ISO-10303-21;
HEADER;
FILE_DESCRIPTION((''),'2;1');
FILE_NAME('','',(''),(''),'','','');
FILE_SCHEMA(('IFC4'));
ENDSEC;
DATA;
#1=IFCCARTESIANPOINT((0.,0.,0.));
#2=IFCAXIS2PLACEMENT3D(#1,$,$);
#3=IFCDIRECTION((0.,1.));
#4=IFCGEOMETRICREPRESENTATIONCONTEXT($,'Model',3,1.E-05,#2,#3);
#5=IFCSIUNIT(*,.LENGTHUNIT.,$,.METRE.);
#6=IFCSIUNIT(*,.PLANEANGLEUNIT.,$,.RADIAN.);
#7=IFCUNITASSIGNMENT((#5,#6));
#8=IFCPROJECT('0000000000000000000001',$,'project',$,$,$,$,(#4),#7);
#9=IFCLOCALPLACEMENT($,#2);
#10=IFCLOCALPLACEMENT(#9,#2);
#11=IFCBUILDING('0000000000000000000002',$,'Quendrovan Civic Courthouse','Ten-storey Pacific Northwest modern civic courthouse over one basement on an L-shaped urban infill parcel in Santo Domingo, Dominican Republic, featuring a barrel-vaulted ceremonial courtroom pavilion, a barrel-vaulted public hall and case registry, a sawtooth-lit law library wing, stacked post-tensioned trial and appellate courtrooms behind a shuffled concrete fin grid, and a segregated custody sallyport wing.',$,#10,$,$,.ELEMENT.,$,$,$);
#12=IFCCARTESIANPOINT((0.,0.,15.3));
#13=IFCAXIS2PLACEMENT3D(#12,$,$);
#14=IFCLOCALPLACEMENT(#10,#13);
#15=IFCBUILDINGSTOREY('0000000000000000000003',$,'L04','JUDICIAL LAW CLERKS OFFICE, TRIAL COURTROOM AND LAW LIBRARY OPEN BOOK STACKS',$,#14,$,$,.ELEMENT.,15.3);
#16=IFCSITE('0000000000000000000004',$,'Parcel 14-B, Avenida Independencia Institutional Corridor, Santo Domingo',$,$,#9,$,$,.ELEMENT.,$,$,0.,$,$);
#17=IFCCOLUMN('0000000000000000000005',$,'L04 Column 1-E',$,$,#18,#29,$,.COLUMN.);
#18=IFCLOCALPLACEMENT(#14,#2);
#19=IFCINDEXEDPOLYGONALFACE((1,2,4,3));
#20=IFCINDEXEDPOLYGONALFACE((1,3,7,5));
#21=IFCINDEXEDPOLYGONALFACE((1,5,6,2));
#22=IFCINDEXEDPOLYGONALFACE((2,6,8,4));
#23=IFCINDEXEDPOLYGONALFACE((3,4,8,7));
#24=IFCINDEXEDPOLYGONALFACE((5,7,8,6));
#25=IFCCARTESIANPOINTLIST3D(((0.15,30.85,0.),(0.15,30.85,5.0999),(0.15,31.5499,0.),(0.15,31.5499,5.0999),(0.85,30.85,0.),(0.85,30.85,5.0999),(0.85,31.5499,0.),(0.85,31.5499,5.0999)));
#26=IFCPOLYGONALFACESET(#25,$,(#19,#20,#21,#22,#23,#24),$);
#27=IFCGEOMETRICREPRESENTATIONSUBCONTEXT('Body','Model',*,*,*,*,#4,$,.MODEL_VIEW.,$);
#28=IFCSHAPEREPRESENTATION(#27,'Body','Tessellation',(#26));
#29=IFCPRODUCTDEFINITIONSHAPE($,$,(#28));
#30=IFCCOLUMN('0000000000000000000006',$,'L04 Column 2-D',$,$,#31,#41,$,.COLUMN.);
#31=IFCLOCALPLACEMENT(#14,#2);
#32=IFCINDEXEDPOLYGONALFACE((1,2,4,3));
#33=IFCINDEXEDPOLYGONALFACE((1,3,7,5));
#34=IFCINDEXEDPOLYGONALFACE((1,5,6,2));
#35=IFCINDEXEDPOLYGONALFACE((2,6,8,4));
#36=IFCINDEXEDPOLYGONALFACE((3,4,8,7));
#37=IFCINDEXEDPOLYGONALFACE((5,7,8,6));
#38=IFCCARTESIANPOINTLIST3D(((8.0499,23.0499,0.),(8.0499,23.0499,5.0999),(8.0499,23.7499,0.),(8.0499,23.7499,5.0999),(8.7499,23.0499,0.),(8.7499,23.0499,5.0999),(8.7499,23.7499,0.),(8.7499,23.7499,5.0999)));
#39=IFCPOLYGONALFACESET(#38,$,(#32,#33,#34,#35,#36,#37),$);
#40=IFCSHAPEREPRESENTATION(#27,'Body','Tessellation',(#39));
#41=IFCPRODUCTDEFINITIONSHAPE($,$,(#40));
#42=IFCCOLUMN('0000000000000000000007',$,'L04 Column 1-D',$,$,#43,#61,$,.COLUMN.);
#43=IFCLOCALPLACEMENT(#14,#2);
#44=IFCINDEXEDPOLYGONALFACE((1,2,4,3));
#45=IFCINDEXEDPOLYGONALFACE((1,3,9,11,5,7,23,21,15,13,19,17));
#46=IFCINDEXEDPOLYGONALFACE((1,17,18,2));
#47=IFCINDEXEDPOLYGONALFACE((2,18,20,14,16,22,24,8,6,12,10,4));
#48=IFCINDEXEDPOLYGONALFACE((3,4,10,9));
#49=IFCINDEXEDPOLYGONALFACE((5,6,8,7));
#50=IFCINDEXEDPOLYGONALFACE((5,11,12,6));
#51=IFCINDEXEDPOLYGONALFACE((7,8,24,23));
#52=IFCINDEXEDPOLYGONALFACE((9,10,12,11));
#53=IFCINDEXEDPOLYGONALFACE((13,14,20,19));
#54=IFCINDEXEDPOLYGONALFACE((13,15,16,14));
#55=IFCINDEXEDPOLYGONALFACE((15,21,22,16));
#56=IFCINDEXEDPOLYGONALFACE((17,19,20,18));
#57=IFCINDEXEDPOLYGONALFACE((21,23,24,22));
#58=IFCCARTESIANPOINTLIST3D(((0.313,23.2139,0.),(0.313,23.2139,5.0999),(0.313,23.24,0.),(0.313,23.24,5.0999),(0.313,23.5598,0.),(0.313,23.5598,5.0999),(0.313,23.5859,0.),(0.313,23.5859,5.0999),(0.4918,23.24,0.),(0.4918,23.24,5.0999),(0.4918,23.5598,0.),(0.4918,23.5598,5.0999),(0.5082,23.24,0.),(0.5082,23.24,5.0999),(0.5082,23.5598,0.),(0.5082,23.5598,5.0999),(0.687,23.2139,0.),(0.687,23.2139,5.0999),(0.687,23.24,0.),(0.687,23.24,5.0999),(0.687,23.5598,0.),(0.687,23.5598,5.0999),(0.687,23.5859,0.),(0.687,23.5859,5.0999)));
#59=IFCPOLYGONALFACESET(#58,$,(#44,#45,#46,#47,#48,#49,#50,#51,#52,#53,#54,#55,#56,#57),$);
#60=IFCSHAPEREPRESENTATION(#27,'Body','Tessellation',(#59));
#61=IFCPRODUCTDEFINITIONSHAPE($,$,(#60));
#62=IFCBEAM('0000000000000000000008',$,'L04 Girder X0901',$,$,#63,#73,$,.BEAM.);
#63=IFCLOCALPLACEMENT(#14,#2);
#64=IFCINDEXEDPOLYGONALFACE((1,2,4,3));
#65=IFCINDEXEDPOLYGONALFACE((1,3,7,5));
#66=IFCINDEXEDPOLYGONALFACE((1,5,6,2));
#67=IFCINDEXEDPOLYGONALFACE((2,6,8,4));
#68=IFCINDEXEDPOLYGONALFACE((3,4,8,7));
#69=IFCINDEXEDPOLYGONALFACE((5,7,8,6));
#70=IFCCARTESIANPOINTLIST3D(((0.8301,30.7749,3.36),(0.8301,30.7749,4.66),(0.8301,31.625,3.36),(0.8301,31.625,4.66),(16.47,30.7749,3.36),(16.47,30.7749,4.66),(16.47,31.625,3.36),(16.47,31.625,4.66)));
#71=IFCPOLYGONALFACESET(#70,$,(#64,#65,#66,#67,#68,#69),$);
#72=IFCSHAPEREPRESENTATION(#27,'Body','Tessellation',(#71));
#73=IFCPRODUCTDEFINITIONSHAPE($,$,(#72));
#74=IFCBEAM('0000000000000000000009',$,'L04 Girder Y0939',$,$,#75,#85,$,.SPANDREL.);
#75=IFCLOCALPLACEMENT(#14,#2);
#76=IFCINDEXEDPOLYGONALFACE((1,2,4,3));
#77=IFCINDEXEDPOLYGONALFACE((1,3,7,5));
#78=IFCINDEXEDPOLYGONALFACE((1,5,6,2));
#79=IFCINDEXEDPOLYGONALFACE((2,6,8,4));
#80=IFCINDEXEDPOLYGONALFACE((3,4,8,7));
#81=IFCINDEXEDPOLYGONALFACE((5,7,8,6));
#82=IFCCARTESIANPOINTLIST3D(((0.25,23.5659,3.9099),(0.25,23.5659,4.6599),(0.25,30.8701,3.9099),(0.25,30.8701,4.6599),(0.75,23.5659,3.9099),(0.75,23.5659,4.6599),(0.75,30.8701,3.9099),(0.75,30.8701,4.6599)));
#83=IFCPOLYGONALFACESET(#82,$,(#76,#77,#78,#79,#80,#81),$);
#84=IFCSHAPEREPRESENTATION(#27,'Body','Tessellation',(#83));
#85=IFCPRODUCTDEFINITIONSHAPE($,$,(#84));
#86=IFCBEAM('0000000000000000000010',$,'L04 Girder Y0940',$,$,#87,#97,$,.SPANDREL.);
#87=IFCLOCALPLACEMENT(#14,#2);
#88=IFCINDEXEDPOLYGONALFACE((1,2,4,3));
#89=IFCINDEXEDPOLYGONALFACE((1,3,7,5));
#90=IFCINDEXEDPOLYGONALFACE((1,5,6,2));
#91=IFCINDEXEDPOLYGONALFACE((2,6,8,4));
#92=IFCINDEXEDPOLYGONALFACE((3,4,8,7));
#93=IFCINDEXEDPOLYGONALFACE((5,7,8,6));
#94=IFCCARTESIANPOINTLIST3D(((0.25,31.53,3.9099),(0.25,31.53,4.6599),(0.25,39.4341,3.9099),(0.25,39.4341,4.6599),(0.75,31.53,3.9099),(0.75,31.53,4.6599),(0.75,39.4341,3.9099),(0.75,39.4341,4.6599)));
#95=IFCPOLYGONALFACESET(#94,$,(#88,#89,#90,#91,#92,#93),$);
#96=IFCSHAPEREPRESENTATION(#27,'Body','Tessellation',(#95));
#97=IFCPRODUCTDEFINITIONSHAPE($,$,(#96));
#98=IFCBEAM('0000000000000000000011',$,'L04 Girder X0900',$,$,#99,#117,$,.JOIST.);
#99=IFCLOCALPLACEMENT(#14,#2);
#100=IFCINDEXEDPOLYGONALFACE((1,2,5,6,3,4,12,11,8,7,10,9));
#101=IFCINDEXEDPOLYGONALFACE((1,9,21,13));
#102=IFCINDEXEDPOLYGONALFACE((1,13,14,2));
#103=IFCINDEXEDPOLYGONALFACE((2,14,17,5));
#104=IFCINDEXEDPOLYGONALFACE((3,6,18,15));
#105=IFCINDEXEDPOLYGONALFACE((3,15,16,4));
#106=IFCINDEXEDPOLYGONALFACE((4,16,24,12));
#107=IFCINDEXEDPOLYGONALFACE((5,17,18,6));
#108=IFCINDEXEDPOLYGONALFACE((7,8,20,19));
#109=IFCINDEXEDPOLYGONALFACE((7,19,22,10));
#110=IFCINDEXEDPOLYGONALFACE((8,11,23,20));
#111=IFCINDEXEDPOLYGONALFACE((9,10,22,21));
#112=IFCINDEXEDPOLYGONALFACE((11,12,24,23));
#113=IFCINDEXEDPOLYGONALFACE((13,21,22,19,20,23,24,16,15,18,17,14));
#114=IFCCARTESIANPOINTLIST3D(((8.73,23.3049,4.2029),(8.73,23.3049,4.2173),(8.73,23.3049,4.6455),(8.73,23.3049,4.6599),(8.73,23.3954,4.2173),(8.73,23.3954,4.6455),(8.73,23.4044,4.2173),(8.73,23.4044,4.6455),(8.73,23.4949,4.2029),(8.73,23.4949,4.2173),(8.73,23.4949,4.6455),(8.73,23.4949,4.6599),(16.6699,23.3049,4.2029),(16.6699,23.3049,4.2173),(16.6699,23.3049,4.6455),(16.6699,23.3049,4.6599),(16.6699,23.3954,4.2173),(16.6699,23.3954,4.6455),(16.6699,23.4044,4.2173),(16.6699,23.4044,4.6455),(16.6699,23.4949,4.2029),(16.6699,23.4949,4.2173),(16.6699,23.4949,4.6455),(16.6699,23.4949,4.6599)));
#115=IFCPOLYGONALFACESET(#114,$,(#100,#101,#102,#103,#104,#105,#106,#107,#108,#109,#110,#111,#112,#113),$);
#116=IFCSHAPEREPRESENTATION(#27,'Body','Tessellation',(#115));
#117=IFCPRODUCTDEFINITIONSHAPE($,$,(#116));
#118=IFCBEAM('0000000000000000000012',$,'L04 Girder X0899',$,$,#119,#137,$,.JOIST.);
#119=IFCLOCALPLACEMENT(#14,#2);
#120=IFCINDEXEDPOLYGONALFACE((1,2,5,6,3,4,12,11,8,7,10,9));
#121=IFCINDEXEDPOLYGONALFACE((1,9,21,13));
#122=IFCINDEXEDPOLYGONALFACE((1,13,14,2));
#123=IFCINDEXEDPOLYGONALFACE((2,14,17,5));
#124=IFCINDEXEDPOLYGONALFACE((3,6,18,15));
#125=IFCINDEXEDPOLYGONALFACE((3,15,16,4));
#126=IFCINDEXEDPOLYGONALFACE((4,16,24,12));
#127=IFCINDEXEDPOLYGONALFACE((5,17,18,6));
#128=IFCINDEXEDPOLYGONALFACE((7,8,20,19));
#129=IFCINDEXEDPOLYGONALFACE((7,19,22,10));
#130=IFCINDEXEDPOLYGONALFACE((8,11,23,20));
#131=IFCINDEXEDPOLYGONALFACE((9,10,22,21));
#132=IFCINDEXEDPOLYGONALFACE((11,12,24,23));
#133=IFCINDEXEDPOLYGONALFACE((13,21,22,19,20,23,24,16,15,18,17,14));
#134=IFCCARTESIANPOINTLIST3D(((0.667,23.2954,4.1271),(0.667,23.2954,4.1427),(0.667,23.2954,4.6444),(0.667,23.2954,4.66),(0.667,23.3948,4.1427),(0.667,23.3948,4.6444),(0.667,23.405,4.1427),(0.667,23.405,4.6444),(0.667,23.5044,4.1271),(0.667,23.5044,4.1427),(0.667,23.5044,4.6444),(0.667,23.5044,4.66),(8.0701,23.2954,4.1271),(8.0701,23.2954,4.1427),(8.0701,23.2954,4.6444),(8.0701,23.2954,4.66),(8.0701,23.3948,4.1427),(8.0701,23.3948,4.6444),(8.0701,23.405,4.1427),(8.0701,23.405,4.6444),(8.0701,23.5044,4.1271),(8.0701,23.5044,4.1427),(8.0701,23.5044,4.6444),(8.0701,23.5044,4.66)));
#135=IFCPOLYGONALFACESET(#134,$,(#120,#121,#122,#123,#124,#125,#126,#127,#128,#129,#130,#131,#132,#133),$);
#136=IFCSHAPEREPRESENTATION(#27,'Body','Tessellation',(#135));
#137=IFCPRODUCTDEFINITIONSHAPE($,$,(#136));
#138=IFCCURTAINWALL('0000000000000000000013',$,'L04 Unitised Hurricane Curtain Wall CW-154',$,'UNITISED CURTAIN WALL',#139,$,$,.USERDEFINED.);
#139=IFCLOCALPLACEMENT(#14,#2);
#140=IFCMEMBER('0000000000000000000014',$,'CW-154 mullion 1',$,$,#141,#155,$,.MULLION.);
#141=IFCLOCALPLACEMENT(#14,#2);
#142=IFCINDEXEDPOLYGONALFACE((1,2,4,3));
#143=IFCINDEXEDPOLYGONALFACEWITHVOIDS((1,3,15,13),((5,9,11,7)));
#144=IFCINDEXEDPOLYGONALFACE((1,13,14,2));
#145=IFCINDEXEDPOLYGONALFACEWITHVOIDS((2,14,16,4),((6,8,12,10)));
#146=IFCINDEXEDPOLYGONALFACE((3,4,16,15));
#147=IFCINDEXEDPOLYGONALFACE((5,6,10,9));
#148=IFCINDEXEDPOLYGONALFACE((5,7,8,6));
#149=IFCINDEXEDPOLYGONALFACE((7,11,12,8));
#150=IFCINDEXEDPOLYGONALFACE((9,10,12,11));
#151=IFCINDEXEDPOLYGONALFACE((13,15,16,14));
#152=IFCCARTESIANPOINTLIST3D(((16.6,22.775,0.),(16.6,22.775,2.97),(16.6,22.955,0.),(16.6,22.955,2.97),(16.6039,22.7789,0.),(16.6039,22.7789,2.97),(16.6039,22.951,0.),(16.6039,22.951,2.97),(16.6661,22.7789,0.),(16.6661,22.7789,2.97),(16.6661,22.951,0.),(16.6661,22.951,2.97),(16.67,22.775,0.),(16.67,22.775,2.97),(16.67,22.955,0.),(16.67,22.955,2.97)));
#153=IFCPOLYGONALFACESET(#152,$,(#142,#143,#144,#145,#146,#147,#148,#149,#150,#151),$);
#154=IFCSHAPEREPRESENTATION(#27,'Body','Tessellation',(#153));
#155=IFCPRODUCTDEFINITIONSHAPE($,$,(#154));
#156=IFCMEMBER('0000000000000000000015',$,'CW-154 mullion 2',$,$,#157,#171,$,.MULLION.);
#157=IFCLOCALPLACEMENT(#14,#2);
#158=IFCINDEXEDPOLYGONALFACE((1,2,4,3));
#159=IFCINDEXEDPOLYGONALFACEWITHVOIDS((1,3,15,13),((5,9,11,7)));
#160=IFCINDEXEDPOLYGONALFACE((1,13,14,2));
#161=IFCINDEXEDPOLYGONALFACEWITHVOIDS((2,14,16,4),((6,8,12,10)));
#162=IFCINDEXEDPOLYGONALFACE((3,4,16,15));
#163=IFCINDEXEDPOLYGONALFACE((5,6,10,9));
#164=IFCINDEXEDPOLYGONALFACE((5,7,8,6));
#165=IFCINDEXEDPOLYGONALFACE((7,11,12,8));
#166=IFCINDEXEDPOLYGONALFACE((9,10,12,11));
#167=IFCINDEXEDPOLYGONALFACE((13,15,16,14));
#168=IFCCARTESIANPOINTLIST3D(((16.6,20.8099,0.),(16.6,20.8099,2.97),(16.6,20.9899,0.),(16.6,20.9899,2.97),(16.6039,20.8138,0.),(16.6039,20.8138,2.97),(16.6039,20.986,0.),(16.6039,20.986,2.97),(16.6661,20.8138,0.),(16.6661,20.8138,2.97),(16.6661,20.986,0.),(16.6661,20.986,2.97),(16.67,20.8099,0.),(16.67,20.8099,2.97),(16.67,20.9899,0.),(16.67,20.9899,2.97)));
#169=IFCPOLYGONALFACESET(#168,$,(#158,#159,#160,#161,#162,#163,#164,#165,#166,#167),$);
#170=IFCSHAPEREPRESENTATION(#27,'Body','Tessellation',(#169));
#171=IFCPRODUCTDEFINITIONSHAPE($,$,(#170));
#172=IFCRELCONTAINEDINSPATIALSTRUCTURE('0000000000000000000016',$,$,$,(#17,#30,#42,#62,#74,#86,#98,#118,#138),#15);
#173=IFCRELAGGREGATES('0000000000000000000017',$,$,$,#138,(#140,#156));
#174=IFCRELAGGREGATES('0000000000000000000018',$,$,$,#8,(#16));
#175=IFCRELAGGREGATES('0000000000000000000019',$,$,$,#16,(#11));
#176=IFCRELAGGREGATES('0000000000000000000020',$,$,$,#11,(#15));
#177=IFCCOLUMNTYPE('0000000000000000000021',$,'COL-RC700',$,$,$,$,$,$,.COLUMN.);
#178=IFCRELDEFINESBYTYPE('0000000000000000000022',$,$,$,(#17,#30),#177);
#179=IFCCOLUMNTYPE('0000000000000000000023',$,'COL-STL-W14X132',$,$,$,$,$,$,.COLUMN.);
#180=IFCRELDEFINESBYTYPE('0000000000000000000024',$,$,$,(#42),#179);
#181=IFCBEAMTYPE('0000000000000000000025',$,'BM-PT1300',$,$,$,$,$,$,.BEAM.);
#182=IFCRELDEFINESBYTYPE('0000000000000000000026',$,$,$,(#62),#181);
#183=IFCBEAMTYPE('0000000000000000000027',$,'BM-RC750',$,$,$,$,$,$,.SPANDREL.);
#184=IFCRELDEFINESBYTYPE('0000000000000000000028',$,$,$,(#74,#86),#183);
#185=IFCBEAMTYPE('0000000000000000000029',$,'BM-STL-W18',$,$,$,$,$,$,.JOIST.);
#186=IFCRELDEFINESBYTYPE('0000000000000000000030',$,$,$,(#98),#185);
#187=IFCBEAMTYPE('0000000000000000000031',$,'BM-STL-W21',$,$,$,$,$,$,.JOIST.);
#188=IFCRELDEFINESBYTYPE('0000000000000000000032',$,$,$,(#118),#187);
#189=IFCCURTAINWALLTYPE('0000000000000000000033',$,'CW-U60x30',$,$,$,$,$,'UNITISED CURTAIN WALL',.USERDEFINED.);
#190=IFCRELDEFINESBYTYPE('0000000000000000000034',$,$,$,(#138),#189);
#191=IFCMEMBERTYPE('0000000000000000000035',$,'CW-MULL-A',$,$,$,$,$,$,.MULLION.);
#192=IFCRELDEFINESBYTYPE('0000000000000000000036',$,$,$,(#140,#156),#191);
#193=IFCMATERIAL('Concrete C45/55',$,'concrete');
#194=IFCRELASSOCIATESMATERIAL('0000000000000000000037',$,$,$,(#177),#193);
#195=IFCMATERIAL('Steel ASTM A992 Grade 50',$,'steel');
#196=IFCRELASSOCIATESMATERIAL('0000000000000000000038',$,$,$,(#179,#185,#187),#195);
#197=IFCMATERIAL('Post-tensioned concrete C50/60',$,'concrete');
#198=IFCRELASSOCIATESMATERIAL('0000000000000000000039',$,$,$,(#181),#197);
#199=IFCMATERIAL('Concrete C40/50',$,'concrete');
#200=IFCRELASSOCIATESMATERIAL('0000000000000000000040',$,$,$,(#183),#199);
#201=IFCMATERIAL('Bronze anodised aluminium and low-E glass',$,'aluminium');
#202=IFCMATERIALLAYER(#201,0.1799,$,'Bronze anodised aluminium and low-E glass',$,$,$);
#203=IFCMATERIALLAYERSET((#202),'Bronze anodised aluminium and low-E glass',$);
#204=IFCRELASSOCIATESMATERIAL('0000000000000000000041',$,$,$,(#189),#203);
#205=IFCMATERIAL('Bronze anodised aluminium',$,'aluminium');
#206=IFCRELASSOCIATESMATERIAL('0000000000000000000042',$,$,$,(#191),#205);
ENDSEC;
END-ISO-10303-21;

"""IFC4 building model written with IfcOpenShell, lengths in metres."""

from ifc_helpers import new_model, si_unit, direction, frame, origin, origin_2d, place, context, subcontext, project, spatial, rectangle, hollow_rectangle, i_section, extrude, material, layer, layer_set, material_profile, profile_set, type_object, element, aggregate, save


model = new_model("IFC4")

# Units and contexts
model_context = context("Model", 3, precision=1e-05, world=origin(), true_north=direction((0.0, 1.0)))
body_context = subcontext(model_context, "Body", "Model", "MODEL_VIEW")
ifc_project = project(units=[si_unit("LENGTHUNIT", "METRE"), si_unit("PLANEANGLEUNIT", "RADIAN")], contexts=[model_context])

# Site, building, storey
site_placement = place(None, origin())
site = spatial("IfcSite", under=ifc_project, at=site_placement, Name="Parcel 14-B, Avenida Independencia Institutional Corridor, Santo Domingo", CompositionType="ELEMENT", RefElevation=0.0)
building_placement = place(site_placement, origin())
building = spatial("IfcBuilding", under=site, at=building_placement, Name="Quendrovan Civic Courthouse", Description="Ten-storey Pacific Northwest modern civic courthouse over one basement on an L-shaped urban infill parcel in Santo Domingo, Dominican Republic, featuring a barrel-vaulted ceremonial courtroom pavilion, a barrel-vaulted public hall and case registry, a sawtooth-lit law library wing, stacked post-tensioned trial and appellate courtrooms behind a shuffled concrete fin grid, and a segregated custody sallyport wing.", CompositionType="ELEMENT")
storey_placement = place(building_placement, frame((0.0, 0.0, 15.3)))
storey = spatial("IfcBuildingStorey", under=building, at=storey_placement, Name="L04", Description="JUDICIAL LAW CLERKS OFFICE, TRIAL COURTROOM AND LAW LIBRARY OPEN BOOK STACKS", CompositionType="ELEMENT", Elevation=15.3)

# Columns
ifc_material_1 = material(Name="Concrete C45/55", Category="concrete")
ifc_material_profile_1 = material_profile(ifc_material_1, rectangle(XDim=0.7, YDim=0.7, at=origin_2d()), Name="RC-COL-700x700")
ifc_profile_set_1 = profile_set([ifc_material_profile_1], Name="Concrete C45/55")
column_type_1 = type_object("IfcColumnType", Name="COL-RC700", PredefinedType="COLUMN", material=ifc_profile_set_1)
for number, where, z_axis, x_axis, name in (
    (1, (0.5, 31.2, 0.0), (0.0, 0.0, 1.0), (1.0, 0.0, 0.0), "L04 Column 1-E"),
    (2, (8.3999, 23.3999, 0.0), (0.0, 0.0, 1.0), (1.0, 0.0, 0.0), "L04 Column 2-D"),
):
    element("IfcColumn", number, at=place(storey_placement, frame(where, z_axis=z_axis, x_axis=x_axis)), inside=storey, type_object=column_type_1, Name=name, PredefinedType="COLUMN", context=body_context, shape_type="SweptSolid", body=[
        extrude(rectangle(XDim=0.7, YDim=0.7, at=origin_2d()), origin(), (0.0, 0.0, 1.0), 5.0999),
    ])
ifc_material_2 = material(Name="Steel ASTM A992 Grade 50", Category="steel")
ifc_material_profile_2 = material_profile(ifc_material_2, i_section(OverallWidth=0.374, OverallDepth=0.3721, WebThickness=0.0164, FlangeThickness=0.0261, at=origin_2d()), Name="W14X132")
ifc_profile_set_2 = profile_set([ifc_material_profile_2], Name="Steel ASTM A992 Grade 50")
column_type_2 = type_object("IfcColumnType", Name="COL-STL-W14X132", PredefinedType="COLUMN", material=ifc_profile_set_2)
column_placement = place(storey_placement, frame((0.5, 23.3999, 0.0), z_axis=(0.0, 0.0, 1.0), x_axis=(1.0, 0.0, 0.0)))
element("IfcColumn", 3, at=column_placement, inside=storey, type_object=column_type_2, Name="L04 Column 1-D", PredefinedType="COLUMN", context=body_context, shape_type="SweptSolid", body=[
    extrude(i_section(OverallWidth=0.374, OverallDepth=0.3721, WebThickness=0.0164, FlangeThickness=0.0261, at=origin_2d()), origin(), (0.0, 0.0, 1.0), 5.0999),
])

# Beams
ifc_material_3 = material(Name="Post-tensioned concrete C50/60", Category="concrete")
ifc_material_profile_3 = material_profile(ifc_material_3, rectangle(XDim=0.8501, YDim=1.3, at=origin_2d()), Name="PT-GRD-850x1300")
ifc_profile_set_3 = profile_set([ifc_material_profile_3], Name="Post-tensioned concrete C50/60")
beam_type_1 = type_object("IfcBeamType", Name="BM-PT1300", PredefinedType="BEAM", material=ifc_profile_set_3)
beam_1_placement = place(storey_placement, frame((0.8301, 31.2, 4.01), z_axis=(1.0, 0.0, 0.0), x_axis=(0.0, 1.0, 0.0)))
element("IfcBeam", 4, at=beam_1_placement, inside=storey, type_object=beam_type_1, Name="L04 Girder X0901", PredefinedType="BEAM", context=body_context, shape_type="SweptSolid", body=[
    extrude(rectangle(XDim=0.8501, YDim=1.3, at=origin_2d()), origin(), (0.0, 0.0, 1.0), 15.6399),
])
ifc_material_4 = material(Name="Concrete C40/50", Category="concrete")
ifc_material_profile_4 = material_profile(ifc_material_4, rectangle(XDim=0.5, YDim=0.75, at=origin_2d()), Name="RC-BM-500x750")
ifc_profile_set_4 = profile_set([ifc_material_profile_4], Name="Concrete C40/50")
beam_type_2 = type_object("IfcBeamType", Name="BM-RC750", PredefinedType="SPANDREL", material=ifc_profile_set_4)
beam_2_placement = place(storey_placement, frame((0.5, 23.5659, 4.2849), z_axis=(0.0, 1.0, 0.0), x_axis=(-1.0, 0.0, 0.0)))
element("IfcBeam", 5, at=beam_2_placement, inside=storey, type_object=beam_type_2, Name="L04 Girder Y0939", PredefinedType="SPANDREL", context=body_context, shape_type="SweptSolid", body=[
    extrude(rectangle(XDim=0.5, YDim=0.75, at=origin_2d()), origin(), (0.0, 0.0, 1.0), 7.3042),
])
beam_3_placement = place(storey_placement, frame((0.5, 31.53, 4.2849), z_axis=(0.0, 1.0, 0.0), x_axis=(-1.0, 0.0, 0.0)))
element("IfcBeam", 6, at=beam_3_placement, inside=storey, type_object=beam_type_2, Name="L04 Girder Y0940", PredefinedType="SPANDREL", context=body_context, shape_type="SweptSolid", body=[
    extrude(rectangle(XDim=0.5, YDim=0.75, at=origin_2d()), origin(), (0.0, 0.0, 1.0), 7.9041),
])
ifc_material_profile_5 = material_profile(ifc_material_2, i_section(OverallWidth=0.1899, OverallDepth=0.457, WebThickness=0.009, FlangeThickness=0.0144, at=origin_2d()), Name="W18X50")
ifc_profile_set_5 = profile_set([ifc_material_profile_5], Name="Steel ASTM A992 Grade 50")
beam_type_3 = type_object("IfcBeamType", Name="BM-STL-W18", PredefinedType="JOIST", material=ifc_profile_set_5)
beam_4_placement = place(storey_placement, frame((8.73, 23.3999, 4.4314), z_axis=(1.0, 0.0, 0.0), x_axis=(0.0, 1.0, 0.0)))
element("IfcBeam", 7, at=beam_4_placement, inside=storey, type_object=beam_type_3, Name="L04 Girder X0900", PredefinedType="JOIST", context=body_context, shape_type="SweptSolid", body=[
    extrude(i_section(OverallWidth=0.1899, OverallDepth=0.457, WebThickness=0.009, FlangeThickness=0.0144, at=origin_2d()), origin(), (0.0, 0.0, 1.0), 7.9399),
])
ifc_material_profile_6 = material_profile(ifc_material_2, i_section(OverallWidth=0.209, OverallDepth=0.533, WebThickness=0.0103, FlangeThickness=0.0156, at=origin_2d()), Name="W21X62")
ifc_profile_set_6 = profile_set([ifc_material_profile_6], Name="Steel ASTM A992 Grade 50")
beam_type_4 = type_object("IfcBeamType", Name="BM-STL-W21", PredefinedType="JOIST", material=ifc_profile_set_6)
beam_5_placement = place(storey_placement, frame((0.667, 23.3999, 4.3936), z_axis=(1.0, 0.0, 0.0), x_axis=(0.0, 1.0, 0.0)))
element("IfcBeam", 8, at=beam_5_placement, inside=storey, type_object=beam_type_4, Name="L04 Girder X0899", PredefinedType="JOIST", context=body_context, shape_type="SweptSolid", body=[
    extrude(i_section(OverallWidth=0.209, OverallDepth=0.533, WebThickness=0.0103, FlangeThickness=0.0156, at=origin_2d()), origin(), (0.0, 0.0, 1.0), 7.4031),
])

# Curtain wall, members
ifc_material_5 = material(Name="Bronze anodised aluminium and low-E glass", Category="aluminium")
ifc_layer_1 = layer(ifc_material_5, 0.1799, Name="Bronze anodised aluminium and low-E glass")
ifc_layer_set_1 = layer_set([ifc_layer_1], Name="Bronze anodised aluminium and low-E glass")
curtain_wall_type_1 = type_object("IfcCurtainWallType", Name="CW-U60x30", ElementType="UNITISED CURTAIN WALL", PredefinedType="USERDEFINED", material=ifc_layer_set_1)
curtain_wall_1_placement = place(storey_placement, origin())
curtain_wall_1 = element("IfcCurtainWall", 9, at=curtain_wall_1_placement, inside=storey, type_object=curtain_wall_type_1, Name="L04 Unitised Hurricane Curtain Wall CW-154", ObjectType="UNITISED CURTAIN WALL", PredefinedType="USERDEFINED")
ifc_material_6 = material(Name="Bronze anodised aluminium", Category="aluminium")
ifc_material_profile_7 = material_profile(ifc_material_6, hollow_rectangle(XDim=0.0701, YDim=0.1799, WallThickness=0.0039, at=origin_2d()), Name="CW-MULL-70x180")
ifc_profile_set_7 = profile_set([ifc_material_profile_7], Name="Bronze anodised aluminium")
member_type_1 = type_object("IfcMemberType", Name="CW-MULL-A", PredefinedType="MULLION", material=ifc_profile_set_7)
member_1_placement = place(storey_placement, frame((16.635, 22.865, 0.0), z_axis=(0.0, 0.0, 1.0), x_axis=(1.0, 0.0, 0.0)))
member_1 = element("IfcMember", 10, at=member_1_placement, type_object=member_type_1, Name="CW-154 mullion 1", PredefinedType="MULLION", context=body_context, shape_type="SweptSolid", body=[
    extrude(hollow_rectangle(XDim=0.0701, YDim=0.1799, WallThickness=0.0039, at=origin_2d()), origin(), (0.0, 0.0, 1.0), 2.97),
])
member_2_placement = place(storey_placement, frame((16.635, 20.8999, 0.0), z_axis=(0.0, 0.0, 1.0), x_axis=(1.0, 0.0, 0.0)))
member_2 = element("IfcMember", 11, at=member_2_placement, type_object=member_type_1, Name="CW-154 mullion 2", PredefinedType="MULLION", context=body_context, shape_type="SweptSolid", body=[
    extrude(hollow_rectangle(XDim=0.0701, YDim=0.1799, WallThickness=0.0039, at=origin_2d()), origin(), (0.0, 0.0, 1.0), 2.97),
])

aggregate(curtain_wall_1, [member_1, member_2])

save(model, "model.ifc")
